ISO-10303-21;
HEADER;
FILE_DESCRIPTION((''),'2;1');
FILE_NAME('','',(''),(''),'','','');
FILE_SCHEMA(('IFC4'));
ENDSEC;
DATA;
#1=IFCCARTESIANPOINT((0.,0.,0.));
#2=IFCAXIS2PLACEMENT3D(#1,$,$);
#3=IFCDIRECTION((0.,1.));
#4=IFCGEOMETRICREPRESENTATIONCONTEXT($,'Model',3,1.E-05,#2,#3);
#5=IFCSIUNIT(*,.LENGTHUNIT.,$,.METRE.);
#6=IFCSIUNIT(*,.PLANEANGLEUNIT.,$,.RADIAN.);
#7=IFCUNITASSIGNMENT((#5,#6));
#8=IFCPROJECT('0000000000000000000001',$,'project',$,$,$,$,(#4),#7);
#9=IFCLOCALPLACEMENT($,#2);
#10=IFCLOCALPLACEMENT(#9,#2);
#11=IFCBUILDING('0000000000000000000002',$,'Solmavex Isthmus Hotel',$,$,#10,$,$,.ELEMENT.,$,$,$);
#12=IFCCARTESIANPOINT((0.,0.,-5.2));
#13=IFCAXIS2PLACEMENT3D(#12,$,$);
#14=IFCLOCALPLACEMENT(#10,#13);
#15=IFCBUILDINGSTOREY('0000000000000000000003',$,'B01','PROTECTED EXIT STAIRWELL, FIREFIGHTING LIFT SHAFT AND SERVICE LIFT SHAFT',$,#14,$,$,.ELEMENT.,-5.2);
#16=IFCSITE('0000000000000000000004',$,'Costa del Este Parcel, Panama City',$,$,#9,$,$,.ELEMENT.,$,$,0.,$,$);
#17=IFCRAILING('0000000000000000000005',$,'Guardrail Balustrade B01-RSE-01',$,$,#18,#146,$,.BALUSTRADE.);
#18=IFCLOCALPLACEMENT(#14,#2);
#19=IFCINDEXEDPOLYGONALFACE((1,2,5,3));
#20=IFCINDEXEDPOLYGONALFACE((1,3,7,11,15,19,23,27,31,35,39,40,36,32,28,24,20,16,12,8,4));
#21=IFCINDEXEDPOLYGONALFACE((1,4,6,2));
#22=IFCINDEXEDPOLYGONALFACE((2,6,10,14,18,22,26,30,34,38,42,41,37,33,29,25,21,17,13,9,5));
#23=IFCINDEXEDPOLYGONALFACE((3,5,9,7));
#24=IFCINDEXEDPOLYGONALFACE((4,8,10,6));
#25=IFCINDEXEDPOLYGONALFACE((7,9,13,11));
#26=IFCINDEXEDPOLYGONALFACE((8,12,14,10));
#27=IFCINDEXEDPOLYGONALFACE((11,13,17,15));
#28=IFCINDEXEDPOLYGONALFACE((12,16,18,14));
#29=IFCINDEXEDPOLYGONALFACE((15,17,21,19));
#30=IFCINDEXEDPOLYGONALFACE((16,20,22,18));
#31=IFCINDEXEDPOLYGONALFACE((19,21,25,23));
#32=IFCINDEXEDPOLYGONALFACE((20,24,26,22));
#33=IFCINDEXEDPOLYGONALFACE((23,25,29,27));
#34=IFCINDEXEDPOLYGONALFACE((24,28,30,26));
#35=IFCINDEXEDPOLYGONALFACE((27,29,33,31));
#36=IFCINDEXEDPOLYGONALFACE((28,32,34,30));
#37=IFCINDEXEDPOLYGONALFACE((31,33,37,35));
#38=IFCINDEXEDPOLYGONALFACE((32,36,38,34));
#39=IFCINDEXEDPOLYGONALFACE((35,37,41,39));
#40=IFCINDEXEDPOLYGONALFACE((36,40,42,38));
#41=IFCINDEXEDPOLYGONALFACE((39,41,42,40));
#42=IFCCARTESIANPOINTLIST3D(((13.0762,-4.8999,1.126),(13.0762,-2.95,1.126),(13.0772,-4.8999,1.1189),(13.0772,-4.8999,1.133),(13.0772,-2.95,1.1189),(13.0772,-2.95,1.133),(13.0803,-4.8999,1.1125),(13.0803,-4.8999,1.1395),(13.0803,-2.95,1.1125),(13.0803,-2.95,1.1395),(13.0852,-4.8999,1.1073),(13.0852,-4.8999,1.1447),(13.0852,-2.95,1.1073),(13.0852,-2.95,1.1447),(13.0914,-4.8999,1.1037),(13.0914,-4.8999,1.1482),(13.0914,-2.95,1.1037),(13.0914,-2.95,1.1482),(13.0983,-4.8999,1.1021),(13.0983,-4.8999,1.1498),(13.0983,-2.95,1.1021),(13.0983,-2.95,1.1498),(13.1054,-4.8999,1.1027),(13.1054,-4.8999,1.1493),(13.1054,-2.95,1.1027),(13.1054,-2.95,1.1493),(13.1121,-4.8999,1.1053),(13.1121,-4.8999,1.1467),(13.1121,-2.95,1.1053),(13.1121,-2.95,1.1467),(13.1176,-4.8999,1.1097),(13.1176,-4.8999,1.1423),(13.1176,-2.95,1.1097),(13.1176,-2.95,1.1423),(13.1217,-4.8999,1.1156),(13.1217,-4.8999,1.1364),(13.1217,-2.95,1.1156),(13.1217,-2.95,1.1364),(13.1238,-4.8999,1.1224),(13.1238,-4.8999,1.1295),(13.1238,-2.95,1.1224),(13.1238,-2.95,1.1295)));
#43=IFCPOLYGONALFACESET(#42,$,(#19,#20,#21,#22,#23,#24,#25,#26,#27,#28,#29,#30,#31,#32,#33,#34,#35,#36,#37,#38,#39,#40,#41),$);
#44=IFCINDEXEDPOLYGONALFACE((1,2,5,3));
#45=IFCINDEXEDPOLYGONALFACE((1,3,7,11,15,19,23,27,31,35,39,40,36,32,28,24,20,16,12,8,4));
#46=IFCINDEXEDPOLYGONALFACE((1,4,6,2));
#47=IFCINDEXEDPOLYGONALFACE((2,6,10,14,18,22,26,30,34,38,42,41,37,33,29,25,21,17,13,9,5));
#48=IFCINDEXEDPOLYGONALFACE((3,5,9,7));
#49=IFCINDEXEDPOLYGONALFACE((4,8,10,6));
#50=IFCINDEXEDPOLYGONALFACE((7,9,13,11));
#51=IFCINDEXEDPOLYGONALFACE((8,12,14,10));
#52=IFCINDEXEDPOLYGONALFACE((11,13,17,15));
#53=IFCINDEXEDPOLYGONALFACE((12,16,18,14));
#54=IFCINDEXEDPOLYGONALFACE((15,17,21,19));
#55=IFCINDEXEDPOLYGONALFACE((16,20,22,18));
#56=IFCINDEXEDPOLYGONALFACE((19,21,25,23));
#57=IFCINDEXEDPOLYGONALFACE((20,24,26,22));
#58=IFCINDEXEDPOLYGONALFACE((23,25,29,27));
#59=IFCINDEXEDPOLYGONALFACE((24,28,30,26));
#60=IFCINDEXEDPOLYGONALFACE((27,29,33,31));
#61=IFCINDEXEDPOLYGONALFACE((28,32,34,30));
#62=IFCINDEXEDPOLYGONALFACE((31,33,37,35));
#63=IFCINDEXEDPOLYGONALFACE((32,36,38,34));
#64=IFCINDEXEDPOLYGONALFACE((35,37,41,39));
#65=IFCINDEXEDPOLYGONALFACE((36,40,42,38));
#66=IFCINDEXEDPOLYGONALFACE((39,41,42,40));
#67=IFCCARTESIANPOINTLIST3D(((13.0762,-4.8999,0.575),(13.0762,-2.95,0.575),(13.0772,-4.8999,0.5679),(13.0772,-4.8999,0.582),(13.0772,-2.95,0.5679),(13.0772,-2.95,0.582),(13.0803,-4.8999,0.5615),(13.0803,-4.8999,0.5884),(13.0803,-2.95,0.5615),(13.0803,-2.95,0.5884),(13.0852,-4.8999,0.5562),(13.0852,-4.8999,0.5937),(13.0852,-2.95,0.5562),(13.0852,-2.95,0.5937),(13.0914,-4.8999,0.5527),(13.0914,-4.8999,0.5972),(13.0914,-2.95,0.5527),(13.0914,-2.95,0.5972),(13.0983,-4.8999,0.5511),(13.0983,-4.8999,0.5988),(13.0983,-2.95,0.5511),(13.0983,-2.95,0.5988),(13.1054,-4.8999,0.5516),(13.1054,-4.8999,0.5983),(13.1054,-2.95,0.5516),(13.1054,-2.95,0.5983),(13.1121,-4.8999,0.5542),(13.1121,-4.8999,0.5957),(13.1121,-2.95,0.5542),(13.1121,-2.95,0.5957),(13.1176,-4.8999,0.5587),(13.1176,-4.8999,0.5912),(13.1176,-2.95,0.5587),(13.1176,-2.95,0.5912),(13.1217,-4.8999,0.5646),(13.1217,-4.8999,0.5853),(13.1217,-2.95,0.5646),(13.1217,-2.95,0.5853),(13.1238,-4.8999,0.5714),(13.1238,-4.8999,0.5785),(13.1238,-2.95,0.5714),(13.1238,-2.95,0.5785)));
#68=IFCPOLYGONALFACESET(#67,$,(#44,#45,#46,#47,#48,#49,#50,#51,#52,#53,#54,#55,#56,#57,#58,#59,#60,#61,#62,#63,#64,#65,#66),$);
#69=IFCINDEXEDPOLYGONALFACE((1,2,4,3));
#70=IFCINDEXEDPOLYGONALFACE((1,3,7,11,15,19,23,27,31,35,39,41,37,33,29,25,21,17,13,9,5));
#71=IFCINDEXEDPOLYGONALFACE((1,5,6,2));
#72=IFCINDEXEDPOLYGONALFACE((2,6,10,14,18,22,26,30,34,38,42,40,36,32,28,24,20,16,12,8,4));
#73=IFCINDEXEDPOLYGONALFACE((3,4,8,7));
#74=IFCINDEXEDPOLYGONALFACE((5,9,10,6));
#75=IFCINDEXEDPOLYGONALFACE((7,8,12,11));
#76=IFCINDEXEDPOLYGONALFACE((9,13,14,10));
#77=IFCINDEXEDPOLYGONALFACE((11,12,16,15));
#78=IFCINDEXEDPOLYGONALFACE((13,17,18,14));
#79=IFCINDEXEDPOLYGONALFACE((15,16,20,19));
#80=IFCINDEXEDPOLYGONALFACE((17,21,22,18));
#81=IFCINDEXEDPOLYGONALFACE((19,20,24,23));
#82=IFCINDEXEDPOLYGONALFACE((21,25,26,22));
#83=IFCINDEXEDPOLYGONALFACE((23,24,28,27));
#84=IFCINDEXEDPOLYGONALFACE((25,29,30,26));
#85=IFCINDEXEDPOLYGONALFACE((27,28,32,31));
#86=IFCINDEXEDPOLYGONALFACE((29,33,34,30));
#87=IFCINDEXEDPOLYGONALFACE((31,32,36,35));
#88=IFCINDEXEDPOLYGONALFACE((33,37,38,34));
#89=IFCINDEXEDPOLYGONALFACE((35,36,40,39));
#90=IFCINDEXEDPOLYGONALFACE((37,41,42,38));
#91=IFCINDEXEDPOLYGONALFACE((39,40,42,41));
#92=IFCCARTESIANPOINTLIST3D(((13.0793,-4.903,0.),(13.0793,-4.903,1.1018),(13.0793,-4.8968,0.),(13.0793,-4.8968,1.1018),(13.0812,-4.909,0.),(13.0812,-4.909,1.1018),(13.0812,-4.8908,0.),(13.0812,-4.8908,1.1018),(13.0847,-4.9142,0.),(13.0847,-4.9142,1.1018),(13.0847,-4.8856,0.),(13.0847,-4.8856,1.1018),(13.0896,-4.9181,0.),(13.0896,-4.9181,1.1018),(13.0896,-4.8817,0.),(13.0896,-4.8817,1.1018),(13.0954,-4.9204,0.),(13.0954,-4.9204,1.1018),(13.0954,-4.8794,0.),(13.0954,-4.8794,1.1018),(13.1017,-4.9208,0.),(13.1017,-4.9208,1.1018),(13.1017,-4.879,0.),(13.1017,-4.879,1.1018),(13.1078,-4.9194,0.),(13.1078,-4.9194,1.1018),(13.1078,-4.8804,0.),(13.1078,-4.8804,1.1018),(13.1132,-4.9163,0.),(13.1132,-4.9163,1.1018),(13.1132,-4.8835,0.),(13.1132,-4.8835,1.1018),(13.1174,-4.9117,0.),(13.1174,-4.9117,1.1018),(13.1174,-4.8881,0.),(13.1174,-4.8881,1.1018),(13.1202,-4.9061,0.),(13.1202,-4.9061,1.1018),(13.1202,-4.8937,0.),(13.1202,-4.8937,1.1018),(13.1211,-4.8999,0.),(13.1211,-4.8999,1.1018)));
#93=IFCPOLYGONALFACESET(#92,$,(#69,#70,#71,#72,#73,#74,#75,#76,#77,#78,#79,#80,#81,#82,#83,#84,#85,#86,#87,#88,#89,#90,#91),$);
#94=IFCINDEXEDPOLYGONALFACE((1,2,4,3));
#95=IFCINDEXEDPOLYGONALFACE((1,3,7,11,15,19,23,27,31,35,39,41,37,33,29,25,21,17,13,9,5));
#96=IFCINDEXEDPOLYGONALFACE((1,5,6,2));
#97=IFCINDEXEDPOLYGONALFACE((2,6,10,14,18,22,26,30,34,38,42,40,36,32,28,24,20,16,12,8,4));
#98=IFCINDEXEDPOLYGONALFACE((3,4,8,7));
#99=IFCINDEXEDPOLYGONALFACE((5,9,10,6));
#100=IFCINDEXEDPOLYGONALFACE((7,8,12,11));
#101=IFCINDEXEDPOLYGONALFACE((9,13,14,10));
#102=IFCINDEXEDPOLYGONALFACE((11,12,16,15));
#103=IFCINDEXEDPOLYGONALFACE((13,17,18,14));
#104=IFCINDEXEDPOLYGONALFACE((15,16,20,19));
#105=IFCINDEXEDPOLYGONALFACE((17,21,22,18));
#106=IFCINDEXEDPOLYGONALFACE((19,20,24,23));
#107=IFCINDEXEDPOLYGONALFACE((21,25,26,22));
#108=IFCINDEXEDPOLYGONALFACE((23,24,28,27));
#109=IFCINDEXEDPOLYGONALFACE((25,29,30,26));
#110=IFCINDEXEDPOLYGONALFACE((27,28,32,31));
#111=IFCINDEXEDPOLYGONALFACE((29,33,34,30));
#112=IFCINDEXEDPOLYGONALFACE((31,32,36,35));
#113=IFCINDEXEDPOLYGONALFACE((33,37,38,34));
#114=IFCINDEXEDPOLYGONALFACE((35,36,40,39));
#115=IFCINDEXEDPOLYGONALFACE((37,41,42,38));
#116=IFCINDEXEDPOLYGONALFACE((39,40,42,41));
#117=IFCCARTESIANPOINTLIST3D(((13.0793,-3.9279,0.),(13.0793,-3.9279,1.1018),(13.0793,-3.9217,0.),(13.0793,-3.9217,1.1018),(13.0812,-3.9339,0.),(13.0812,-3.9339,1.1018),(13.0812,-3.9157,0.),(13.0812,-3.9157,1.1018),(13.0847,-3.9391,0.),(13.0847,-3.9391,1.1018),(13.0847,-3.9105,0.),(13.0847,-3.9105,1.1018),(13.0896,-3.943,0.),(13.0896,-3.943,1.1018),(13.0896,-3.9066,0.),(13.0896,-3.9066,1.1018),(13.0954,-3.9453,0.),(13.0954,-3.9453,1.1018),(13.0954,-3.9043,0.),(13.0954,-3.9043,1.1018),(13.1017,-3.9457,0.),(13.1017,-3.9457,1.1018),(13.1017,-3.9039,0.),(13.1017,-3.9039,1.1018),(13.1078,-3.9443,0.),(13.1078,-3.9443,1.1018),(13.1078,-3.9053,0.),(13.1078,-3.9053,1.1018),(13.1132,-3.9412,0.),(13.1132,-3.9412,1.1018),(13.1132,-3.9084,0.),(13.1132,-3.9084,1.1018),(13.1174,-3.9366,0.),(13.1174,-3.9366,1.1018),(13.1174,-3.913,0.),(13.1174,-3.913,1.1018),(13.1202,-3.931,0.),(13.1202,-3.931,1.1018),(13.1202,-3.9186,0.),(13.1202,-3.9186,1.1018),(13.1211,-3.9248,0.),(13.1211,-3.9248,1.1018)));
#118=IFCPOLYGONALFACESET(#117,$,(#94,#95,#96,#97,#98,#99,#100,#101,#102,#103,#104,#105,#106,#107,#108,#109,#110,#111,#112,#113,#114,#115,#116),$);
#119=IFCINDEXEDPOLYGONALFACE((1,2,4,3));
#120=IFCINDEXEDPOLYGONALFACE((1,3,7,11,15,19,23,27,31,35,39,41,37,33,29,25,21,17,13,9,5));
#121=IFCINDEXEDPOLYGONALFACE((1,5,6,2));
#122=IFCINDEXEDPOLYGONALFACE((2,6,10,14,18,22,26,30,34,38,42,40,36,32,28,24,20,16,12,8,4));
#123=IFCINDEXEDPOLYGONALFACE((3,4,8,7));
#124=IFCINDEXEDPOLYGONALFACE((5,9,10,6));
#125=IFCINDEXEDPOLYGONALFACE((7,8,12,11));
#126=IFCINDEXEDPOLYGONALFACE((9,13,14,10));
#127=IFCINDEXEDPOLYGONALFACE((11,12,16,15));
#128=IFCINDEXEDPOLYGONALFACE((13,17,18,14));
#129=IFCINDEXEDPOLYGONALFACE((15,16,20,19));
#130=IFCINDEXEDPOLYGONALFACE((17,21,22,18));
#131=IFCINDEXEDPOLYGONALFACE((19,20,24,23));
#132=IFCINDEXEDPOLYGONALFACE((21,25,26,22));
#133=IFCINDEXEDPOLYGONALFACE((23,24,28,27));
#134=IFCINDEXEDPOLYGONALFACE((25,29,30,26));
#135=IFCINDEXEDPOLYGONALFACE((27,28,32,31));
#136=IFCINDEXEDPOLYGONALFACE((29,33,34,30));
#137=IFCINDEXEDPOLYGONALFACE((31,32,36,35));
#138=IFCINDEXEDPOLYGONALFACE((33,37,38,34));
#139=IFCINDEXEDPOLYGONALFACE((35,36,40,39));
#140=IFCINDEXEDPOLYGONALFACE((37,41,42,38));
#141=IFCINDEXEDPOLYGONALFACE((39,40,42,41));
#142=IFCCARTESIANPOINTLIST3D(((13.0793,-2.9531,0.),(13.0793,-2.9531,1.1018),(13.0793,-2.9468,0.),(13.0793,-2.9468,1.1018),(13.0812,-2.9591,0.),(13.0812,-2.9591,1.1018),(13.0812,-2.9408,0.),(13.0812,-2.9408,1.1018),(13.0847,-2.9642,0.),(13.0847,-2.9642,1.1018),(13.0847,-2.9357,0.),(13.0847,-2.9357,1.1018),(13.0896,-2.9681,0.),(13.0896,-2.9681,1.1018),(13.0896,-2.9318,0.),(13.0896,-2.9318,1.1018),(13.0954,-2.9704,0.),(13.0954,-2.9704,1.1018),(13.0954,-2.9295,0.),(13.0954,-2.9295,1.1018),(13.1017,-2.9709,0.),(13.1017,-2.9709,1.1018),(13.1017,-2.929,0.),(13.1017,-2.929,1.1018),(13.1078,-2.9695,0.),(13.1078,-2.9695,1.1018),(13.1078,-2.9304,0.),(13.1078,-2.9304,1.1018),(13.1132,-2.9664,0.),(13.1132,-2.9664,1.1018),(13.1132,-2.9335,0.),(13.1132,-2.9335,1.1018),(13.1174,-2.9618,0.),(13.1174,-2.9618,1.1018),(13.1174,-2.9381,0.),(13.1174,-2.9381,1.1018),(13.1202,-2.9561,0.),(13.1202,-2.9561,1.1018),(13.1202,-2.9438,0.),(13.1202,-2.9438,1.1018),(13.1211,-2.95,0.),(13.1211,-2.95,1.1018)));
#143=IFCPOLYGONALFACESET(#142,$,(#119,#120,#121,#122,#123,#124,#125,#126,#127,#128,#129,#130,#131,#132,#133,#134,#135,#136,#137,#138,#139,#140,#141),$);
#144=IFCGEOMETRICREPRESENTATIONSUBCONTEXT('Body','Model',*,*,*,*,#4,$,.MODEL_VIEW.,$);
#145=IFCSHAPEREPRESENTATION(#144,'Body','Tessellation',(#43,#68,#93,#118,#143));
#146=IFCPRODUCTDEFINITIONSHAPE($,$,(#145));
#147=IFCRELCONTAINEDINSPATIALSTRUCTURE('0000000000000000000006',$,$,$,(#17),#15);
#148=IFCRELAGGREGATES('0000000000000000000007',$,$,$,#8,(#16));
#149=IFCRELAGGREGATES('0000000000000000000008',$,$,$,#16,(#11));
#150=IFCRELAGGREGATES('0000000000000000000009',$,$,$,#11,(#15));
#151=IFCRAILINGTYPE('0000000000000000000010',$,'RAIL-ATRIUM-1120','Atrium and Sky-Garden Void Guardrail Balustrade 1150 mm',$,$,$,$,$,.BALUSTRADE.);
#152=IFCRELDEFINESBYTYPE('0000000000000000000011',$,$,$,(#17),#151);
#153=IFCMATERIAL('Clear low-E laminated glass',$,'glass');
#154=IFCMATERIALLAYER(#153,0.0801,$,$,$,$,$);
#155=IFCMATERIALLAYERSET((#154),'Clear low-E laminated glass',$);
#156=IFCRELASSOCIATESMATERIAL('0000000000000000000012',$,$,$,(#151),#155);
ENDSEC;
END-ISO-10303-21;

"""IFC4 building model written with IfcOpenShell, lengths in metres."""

from ifc_helpers import new_model, si_unit, direction, frame, origin, origin_2d, place, context, subcontext, project, spatial, circle, extrude, material, layer, layer_set, type_object, element, save


model = new_model("IFC4")

# Units and contexts
model_context = context("Model", 3, precision=1e-05, world=origin(), true_north=direction((0.0, 1.0)))
body_context = subcontext(model_context, "Body", "Model", "MODEL_VIEW")
ifc_project = project(units=[si_unit("LENGTHUNIT", "METRE"), si_unit("PLANEANGLEUNIT", "RADIAN")], contexts=[model_context])

# Site, building, storey
site_placement = place(None, origin())
site = spatial("IfcSite", under=ifc_project, at=site_placement, Name="Costa del Este Parcel, Panama City", CompositionType="ELEMENT", RefElevation=0.0)
building_placement = place(site_placement, origin())
building = spatial("IfcBuilding", under=site, at=building_placement, Name="Solmavex Isthmus Hotel", CompositionType="ELEMENT")
storey_placement = place(building_placement, frame((0.0, 0.0, -5.2)))
storey = spatial("IfcBuildingStorey", under=building, at=storey_placement, Name="B01", Description="PROTECTED EXIT STAIRWELL, FIREFIGHTING LIFT SHAFT AND SERVICE LIFT SHAFT", CompositionType="ELEMENT", Elevation=-5.2)

# Railing
ifc_material_1 = material(Name="Clear low-E laminated glass", Category="glass")
ifc_layer_1 = layer(ifc_material_1, 0.0801)
ifc_layer_set_1 = layer_set([ifc_layer_1], Name="Clear low-E laminated glass")
railing_type_1 = type_object("IfcRailingType", Name="RAIL-ATRIUM-1120", Description="Atrium and Sky-Garden Void Guardrail Balustrade 1150 mm", PredefinedType="BALUSTRADE", material=ifc_layer_set_1)
railing_1_placement = place(storey_placement, frame((13.1001, -4.8999, 0.0)))
element("IfcRailing", 1, at=railing_1_placement, inside=storey, type_object=railing_type_1, Name="Guardrail Balustrade B01-RSE-01", PredefinedType="BALUSTRADE", context=body_context, shape_type="SweptSolid", body=[
    extrude(circle(Radius=0.0239, at=origin_2d()), frame((0.0, 0.0, 1.126), z_axis=(0.0, 1.0, 0.0), x_axis=(-1.0, 0.0, 0.0)), (0.0, 0.0, 1.0), 1.95),
    extrude(circle(Radius=0.0239, at=origin_2d()), frame((0.0, 0.0, 0.575), z_axis=(0.0, 1.0, 0.0), x_axis=(-1.0, 0.0, 0.0)), (0.0, 0.0, 1.0), 1.95),
    extrude(circle(Radius=0.021, at=origin_2d()), origin(), (0.0, 0.0, 1.0), 1.1018),
    extrude(circle(Radius=0.021, at=origin_2d()), frame((0.0, 0.9751, 0.0)), (0.0, 0.0, 1.0), 1.1018),
    extrude(circle(Radius=0.021, at=origin_2d()), frame((0.0, 1.95, 0.0)), (0.0, 0.0, 1.0), 1.1018),
])

save(model, "model.ifc")
